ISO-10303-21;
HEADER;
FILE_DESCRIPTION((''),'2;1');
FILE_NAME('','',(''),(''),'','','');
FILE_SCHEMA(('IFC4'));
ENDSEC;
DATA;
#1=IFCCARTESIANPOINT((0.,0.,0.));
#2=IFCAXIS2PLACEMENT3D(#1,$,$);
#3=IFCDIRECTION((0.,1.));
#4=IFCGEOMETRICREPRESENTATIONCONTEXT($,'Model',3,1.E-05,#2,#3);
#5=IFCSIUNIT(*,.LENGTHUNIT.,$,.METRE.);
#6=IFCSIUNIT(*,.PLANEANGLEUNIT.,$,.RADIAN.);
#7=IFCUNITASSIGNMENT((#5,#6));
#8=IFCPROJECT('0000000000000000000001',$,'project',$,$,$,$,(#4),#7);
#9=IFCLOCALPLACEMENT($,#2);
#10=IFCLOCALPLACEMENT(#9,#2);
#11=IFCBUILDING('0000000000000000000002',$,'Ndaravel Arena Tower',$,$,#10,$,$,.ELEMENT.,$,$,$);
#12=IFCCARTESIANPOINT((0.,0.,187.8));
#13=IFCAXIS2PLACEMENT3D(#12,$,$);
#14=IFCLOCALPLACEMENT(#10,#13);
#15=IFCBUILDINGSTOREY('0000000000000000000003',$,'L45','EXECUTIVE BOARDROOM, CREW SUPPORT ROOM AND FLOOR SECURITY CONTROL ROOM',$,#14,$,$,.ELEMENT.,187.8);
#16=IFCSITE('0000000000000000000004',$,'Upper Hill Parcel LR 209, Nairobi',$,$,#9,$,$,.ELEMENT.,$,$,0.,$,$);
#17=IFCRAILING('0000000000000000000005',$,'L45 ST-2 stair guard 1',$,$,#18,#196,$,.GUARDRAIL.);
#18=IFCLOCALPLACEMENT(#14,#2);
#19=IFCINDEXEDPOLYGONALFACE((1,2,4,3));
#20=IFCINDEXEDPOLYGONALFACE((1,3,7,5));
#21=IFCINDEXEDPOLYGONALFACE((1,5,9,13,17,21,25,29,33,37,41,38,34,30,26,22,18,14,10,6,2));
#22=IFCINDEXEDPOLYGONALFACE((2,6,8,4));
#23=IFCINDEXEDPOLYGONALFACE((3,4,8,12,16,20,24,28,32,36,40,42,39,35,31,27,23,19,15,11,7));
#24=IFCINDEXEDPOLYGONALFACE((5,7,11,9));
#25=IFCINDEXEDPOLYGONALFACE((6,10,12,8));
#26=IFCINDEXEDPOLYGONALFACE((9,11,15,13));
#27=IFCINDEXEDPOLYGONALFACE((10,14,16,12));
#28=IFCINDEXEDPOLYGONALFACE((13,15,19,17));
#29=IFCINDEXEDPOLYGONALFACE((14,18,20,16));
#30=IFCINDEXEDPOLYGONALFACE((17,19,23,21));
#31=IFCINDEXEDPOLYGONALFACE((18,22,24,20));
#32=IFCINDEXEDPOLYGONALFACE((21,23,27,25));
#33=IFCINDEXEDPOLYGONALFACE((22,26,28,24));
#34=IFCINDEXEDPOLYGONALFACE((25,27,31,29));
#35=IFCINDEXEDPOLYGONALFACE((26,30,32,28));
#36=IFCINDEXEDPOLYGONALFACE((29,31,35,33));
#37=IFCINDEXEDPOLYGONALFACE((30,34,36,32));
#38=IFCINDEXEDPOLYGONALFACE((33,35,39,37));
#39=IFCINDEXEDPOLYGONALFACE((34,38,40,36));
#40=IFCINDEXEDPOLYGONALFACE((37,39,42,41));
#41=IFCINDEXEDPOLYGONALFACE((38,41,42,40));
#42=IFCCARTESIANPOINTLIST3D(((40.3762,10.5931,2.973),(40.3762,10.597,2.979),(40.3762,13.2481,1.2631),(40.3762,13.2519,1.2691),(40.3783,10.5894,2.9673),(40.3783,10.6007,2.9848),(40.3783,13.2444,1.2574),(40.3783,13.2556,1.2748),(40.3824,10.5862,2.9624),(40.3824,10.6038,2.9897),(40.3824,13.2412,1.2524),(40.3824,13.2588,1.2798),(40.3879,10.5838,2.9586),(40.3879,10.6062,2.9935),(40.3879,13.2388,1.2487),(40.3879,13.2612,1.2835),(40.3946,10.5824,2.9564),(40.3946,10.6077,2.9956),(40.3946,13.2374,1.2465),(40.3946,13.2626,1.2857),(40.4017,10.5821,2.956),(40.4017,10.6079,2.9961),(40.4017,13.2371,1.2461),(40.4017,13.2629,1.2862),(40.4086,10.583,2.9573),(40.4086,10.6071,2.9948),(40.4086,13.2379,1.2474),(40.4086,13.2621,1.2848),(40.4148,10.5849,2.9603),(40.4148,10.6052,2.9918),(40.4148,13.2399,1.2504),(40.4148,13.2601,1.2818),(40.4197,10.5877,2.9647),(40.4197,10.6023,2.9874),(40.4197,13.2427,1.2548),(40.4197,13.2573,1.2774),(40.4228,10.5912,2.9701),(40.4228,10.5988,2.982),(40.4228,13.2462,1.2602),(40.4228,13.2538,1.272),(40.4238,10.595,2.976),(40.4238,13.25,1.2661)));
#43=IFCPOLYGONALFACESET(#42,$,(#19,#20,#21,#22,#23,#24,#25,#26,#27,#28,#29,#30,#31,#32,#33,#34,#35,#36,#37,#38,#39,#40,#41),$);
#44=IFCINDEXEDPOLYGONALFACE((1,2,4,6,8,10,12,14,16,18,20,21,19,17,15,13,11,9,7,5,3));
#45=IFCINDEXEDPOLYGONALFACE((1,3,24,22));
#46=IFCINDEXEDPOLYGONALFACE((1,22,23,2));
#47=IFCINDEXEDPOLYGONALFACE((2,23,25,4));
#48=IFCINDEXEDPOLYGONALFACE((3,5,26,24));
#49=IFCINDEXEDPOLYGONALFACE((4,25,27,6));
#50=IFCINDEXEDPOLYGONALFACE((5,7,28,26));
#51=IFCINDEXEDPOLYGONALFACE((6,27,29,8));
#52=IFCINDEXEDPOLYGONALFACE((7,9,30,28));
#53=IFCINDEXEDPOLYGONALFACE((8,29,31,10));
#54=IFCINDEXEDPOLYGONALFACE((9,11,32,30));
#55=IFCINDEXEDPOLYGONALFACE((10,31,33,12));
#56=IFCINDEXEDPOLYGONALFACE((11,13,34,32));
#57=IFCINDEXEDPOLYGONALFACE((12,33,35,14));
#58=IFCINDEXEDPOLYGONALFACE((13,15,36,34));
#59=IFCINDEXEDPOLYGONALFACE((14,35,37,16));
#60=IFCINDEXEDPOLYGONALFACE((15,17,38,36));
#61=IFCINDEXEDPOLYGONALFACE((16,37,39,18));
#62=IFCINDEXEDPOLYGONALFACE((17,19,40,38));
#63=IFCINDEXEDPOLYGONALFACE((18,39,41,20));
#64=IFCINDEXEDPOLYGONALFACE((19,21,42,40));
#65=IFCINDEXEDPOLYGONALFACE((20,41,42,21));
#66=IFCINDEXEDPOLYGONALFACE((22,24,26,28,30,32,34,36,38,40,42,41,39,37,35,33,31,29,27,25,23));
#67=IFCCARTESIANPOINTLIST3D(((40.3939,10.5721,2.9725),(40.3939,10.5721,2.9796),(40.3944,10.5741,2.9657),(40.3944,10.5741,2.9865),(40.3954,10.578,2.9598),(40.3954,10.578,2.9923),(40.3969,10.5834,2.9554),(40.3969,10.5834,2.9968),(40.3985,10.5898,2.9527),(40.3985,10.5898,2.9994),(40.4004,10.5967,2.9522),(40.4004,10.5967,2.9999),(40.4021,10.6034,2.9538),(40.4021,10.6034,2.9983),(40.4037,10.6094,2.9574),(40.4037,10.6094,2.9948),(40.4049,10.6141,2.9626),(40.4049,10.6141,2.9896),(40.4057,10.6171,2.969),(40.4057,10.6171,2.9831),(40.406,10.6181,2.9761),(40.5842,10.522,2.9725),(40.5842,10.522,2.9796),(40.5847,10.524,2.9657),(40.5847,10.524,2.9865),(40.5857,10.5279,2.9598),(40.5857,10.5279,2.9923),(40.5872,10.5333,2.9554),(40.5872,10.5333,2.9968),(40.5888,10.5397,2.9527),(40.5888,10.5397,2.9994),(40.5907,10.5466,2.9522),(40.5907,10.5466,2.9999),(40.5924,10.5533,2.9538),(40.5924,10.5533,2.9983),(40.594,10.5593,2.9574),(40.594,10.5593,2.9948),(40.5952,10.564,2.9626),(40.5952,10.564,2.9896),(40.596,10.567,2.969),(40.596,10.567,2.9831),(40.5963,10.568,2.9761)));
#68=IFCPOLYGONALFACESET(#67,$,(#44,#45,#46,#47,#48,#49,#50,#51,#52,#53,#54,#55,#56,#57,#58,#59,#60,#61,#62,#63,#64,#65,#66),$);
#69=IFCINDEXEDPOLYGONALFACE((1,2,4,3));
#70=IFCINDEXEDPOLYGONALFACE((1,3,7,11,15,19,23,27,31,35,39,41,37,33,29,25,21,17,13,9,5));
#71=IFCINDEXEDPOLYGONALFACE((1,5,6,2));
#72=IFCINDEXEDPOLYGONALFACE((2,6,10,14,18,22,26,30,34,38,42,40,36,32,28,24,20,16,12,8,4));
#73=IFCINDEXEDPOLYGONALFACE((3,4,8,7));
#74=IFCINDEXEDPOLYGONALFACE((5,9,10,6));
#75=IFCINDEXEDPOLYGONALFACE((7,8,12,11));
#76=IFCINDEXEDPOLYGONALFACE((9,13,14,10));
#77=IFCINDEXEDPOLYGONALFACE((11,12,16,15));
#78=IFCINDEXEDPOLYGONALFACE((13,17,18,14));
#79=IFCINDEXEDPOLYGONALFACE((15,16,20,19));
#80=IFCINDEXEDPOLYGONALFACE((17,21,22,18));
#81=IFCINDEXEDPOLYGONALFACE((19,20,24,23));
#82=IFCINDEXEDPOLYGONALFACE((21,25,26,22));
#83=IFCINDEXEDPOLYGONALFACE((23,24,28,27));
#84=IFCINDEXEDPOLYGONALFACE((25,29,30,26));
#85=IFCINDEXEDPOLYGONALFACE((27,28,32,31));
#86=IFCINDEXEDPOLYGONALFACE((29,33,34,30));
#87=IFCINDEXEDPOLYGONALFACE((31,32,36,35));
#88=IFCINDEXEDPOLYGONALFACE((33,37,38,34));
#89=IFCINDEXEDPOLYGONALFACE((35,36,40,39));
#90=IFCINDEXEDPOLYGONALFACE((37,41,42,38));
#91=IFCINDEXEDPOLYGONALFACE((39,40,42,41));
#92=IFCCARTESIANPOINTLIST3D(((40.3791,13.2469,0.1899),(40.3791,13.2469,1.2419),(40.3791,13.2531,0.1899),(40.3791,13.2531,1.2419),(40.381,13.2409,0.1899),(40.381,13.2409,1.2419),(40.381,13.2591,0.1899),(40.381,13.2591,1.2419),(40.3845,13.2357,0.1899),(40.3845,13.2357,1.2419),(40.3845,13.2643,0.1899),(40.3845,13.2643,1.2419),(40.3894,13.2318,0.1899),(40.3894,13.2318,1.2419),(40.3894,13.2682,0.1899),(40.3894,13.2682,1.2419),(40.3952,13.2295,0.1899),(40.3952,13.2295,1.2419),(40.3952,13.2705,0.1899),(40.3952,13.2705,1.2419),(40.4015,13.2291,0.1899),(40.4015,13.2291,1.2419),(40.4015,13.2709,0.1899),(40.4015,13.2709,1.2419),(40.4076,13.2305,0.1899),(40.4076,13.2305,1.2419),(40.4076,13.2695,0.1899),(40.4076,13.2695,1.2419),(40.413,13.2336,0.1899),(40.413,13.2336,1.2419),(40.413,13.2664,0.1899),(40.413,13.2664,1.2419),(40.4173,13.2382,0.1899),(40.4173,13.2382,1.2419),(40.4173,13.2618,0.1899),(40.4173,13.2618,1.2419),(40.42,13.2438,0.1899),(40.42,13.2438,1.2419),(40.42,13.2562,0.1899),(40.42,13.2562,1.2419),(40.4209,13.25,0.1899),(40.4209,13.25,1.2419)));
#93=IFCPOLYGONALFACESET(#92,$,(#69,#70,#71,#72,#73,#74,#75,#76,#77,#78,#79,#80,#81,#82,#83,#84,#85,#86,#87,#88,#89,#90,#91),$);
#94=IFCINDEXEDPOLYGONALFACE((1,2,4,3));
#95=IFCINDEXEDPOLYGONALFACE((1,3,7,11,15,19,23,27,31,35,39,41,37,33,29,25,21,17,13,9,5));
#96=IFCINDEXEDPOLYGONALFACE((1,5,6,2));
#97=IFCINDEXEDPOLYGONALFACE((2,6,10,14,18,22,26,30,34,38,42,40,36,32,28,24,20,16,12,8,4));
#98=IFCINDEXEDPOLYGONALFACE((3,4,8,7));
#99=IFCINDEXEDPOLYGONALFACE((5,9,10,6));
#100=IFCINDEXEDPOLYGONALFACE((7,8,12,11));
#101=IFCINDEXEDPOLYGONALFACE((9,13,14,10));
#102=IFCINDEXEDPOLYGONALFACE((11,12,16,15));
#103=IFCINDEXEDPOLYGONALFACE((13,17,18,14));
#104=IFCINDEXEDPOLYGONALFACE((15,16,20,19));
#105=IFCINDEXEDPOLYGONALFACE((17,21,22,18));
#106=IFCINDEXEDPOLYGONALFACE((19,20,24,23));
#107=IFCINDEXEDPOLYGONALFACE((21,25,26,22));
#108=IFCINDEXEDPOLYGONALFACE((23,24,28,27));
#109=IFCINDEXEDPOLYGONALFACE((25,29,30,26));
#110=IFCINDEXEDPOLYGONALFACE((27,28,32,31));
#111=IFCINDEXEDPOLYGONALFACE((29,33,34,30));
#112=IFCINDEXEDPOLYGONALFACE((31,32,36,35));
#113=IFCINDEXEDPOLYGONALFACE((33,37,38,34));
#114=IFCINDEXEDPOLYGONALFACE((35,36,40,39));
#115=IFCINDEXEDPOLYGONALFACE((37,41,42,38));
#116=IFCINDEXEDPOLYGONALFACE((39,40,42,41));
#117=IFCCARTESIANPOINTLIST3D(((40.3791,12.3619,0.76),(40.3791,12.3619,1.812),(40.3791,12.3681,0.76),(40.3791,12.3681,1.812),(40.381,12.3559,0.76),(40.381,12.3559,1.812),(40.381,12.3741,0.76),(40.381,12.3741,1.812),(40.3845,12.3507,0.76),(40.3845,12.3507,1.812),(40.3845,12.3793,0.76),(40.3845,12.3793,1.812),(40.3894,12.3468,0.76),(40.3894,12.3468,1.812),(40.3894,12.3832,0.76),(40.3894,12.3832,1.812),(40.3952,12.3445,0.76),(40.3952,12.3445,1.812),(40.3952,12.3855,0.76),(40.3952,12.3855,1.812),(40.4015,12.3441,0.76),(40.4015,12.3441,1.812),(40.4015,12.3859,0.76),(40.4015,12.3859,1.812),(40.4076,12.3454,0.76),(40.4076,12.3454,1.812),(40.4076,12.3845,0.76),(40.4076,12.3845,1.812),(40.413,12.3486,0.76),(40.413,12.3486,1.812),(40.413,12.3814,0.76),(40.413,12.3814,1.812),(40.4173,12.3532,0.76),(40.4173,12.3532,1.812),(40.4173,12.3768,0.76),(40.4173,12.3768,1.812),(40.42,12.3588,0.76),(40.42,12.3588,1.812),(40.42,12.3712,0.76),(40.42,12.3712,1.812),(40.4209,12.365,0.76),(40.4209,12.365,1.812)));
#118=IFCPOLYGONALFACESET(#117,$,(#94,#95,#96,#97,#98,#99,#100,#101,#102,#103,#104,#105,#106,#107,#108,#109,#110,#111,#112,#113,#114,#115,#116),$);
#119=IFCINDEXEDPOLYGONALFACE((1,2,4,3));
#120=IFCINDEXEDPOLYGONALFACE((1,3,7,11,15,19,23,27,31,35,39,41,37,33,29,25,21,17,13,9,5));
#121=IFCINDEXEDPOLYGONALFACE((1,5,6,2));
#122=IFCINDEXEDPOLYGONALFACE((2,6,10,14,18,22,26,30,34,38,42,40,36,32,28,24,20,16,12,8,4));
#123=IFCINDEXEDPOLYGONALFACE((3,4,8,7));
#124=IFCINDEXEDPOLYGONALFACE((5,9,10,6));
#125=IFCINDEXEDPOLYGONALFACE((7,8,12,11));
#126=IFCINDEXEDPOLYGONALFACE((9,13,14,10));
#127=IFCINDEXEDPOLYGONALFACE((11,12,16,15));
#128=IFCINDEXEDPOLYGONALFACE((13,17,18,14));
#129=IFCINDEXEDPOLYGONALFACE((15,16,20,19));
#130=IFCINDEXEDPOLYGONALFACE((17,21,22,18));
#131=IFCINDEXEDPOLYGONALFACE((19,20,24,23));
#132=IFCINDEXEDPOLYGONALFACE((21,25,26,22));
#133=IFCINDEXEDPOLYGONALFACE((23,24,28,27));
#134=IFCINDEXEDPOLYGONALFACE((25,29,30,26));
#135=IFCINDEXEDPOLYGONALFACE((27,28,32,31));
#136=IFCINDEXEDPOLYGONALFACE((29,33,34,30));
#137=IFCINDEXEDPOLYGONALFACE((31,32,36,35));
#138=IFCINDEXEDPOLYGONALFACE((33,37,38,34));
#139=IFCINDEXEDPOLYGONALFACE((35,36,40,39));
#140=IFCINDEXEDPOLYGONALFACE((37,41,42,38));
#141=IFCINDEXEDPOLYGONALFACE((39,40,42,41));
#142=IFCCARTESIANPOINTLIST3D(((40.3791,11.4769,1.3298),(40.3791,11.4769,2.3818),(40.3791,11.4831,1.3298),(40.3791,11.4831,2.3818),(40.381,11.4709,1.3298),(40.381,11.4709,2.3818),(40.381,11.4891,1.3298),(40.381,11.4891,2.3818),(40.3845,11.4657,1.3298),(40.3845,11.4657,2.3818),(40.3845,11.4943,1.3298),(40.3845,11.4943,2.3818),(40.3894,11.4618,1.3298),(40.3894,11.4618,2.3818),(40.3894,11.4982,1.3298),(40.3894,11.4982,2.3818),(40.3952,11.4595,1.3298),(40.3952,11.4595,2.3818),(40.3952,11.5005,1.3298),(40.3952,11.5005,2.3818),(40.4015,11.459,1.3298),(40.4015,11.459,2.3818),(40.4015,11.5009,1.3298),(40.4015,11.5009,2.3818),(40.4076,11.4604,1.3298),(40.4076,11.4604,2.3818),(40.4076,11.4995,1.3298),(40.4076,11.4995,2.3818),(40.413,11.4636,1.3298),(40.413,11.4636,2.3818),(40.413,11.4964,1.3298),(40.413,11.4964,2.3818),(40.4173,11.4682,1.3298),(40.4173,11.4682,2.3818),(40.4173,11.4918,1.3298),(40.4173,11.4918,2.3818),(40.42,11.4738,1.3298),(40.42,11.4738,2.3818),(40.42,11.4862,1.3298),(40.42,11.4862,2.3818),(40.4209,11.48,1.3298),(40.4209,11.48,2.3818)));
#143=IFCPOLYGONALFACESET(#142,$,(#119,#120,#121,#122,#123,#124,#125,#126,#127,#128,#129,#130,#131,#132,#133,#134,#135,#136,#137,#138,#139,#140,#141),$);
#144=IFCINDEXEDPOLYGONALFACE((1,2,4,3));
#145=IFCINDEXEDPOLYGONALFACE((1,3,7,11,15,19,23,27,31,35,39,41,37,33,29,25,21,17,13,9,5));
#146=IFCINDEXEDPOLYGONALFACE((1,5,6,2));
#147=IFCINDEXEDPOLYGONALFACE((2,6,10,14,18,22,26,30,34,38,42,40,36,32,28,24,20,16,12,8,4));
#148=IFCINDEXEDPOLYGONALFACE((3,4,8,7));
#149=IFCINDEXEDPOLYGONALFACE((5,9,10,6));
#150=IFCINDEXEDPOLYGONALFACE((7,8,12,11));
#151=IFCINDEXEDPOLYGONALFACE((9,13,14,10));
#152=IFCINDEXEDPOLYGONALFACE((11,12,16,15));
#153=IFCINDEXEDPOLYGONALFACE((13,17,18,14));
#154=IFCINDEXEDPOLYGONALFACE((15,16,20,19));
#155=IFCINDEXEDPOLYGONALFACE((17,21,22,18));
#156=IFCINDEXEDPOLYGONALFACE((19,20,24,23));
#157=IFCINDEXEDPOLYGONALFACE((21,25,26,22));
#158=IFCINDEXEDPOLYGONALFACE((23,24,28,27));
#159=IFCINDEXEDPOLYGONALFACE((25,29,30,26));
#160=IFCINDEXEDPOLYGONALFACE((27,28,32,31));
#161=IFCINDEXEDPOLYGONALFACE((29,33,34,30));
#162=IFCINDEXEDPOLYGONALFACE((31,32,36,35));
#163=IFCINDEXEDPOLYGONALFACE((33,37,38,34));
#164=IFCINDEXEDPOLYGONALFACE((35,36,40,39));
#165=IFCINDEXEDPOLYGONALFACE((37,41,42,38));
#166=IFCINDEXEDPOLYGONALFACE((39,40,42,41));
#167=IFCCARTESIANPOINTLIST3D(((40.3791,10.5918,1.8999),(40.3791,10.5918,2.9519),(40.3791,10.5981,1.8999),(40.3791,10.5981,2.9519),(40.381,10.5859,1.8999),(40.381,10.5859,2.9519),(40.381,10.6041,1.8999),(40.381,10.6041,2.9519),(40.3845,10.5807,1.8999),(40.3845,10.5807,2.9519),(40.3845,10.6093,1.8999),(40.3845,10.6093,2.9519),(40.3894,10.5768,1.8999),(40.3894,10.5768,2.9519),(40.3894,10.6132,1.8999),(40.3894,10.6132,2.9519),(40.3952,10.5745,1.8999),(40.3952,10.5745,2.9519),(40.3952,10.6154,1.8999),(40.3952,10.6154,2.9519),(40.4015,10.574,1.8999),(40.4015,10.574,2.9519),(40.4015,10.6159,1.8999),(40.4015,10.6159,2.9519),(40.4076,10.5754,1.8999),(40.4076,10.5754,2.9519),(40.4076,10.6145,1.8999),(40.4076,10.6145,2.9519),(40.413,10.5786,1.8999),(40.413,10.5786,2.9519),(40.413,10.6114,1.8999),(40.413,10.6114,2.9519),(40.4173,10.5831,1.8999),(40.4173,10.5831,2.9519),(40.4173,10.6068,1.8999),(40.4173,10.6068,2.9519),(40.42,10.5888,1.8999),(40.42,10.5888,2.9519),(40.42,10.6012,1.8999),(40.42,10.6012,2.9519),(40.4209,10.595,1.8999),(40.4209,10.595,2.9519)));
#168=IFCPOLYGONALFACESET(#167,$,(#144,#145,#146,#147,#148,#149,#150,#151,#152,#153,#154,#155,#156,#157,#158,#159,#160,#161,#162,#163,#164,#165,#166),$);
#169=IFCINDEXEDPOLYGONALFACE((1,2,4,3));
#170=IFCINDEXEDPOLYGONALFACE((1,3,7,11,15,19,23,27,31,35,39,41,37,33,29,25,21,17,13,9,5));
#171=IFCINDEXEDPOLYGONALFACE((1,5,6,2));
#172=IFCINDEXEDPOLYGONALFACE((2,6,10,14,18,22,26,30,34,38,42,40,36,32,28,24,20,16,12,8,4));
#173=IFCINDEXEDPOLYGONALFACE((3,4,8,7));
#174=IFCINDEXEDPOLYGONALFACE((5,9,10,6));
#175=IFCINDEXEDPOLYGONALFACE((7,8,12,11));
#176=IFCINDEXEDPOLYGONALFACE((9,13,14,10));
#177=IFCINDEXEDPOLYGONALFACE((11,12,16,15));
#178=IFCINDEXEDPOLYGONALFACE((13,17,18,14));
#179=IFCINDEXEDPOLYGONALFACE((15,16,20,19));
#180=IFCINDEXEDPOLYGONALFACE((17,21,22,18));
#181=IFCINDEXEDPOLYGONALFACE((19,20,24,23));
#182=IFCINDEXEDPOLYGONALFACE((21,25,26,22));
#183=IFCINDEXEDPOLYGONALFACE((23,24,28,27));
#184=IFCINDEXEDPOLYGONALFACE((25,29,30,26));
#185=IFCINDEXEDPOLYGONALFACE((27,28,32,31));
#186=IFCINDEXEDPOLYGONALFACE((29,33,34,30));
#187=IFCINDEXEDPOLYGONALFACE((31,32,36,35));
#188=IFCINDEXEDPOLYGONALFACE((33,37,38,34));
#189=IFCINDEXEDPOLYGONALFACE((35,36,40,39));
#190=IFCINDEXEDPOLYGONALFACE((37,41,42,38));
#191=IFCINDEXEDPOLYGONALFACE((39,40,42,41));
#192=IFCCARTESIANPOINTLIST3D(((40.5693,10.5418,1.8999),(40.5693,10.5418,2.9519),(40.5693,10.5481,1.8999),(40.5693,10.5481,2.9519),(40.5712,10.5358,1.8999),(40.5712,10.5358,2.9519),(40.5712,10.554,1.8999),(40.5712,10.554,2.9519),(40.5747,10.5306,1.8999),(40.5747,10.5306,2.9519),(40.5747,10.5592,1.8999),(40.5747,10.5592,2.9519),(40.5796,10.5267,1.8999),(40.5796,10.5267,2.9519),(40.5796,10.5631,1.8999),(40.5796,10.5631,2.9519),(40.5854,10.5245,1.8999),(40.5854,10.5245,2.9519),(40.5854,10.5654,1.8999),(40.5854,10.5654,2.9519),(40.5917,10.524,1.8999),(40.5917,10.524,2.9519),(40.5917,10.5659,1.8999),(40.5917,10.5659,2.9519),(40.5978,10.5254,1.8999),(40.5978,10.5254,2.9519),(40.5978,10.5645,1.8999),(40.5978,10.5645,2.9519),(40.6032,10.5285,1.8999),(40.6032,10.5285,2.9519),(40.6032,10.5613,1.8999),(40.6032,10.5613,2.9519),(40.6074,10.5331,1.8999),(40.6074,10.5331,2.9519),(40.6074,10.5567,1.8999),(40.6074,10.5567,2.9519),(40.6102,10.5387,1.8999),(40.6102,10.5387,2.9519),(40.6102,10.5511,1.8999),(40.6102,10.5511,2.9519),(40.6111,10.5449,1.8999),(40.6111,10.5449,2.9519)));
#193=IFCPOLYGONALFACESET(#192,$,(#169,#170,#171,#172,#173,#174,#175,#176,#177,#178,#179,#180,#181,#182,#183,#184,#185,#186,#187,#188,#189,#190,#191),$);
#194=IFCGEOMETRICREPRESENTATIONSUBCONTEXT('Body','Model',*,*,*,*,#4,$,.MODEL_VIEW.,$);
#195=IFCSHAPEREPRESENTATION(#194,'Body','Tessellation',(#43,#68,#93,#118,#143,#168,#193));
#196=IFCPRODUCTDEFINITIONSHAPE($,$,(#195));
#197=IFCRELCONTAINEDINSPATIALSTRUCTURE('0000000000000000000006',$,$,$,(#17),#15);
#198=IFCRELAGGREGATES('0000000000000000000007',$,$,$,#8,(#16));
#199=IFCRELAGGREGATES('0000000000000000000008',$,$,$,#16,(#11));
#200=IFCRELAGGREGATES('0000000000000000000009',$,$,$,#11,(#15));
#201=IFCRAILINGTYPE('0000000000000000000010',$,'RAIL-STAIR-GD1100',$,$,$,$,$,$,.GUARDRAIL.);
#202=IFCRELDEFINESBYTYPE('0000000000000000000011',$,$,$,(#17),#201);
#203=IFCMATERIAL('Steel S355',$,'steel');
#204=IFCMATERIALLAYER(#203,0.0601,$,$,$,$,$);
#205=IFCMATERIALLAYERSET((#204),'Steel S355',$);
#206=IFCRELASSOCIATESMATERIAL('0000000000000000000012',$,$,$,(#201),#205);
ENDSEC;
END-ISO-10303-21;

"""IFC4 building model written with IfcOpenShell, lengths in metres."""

from ifc_helpers import new_model, si_unit, direction, frame, origin, origin_2d, place, context, subcontext, project, spatial, circle, extrude, material, layer, layer_set, type_object, element, save


model = new_model("IFC4")

# Units and contexts
model_context = context("Model", 3, precision=1e-05, world=origin(), true_north=direction((0.0, 1.0)))
body_context = subcontext(model_context, "Body", "Model", "MODEL_VIEW")
ifc_project = project(units=[si_unit("LENGTHUNIT", "METRE"), si_unit("PLANEANGLEUNIT", "RADIAN")], contexts=[model_context])

# Site, building, storey
site_placement = place(None, origin())
site = spatial("IfcSite", under=ifc_project, at=site_placement, Name="Upper Hill Parcel LR 209, Nairobi", CompositionType="ELEMENT", RefElevation=0.0)
building_placement = place(site_placement, origin())
building = spatial("IfcBuilding", under=site, at=building_placement, Name="Ndaravel Arena Tower", CompositionType="ELEMENT")
storey_placement = place(building_placement, frame((0.0, 0.0, 187.8)))
storey = spatial("IfcBuildingStorey", under=building, at=storey_placement, Name="L45", Description="EXECUTIVE BOARDROOM, CREW SUPPORT ROOM AND FLOOR SECURITY CONTROL ROOM", CompositionType="ELEMENT", Elevation=187.8)

# Railing
ifc_material_1 = material(Name="Steel S355", Category="steel")
ifc_layer_1 = layer(ifc_material_1, 0.0601)
ifc_layer_set_1 = layer_set([ifc_layer_1], Name="Steel S355")
railing_type_1 = type_object("IfcRailingType", Name="RAIL-STAIR-GD1100", PredefinedType="GUARDRAIL", material=ifc_layer_set_1)
railing_1_placement = place(storey_placement, frame((40.3999, 13.25, 0.1899)))
element("IfcRailing", 1, at=railing_1_placement, inside=storey, type_object=railing_type_1, Name="L45 ST-2 stair guard 1", PredefinedType="GUARDRAIL", context=body_context, shape_type="SweptSolid", body=[
    extrude(circle(Radius=0.0239, at=origin_2d()), frame((0.0, 0.0, 1.0762), z_axis=(0.0, -0.840724, 0.541465), x_axis=(1.0, 0.0, 0.0)), (0.0, 0.0, 1.0), 3.158),
    extrude(circle(Radius=0.0239, at=origin_2d()), frame((0.0, -2.655, 2.7861), z_axis=(0.967075, -0.254493, 0.0), x_axis=(0.254493, 0.967075, 0.0)), (0.0, 0.0, 1.0), 0.1968),
    extrude(circle(Radius=0.021, at=origin_2d()), origin(), (0.0, 0.0, 1.0), 1.052),
    extrude(circle(Radius=0.021, at=origin_2d()), frame((0.0, -0.885, 0.5701)), (0.0, 0.0, 1.0), 1.052),
    extrude(circle(Radius=0.021, at=origin_2d()), frame((0.0, -1.77, 1.1399)), (0.0, 0.0, 1.0), 1.052),
    extrude(circle(Radius=0.021, at=origin_2d()), frame((0.0, -2.655, 1.71)), (0.0, 0.0, 1.0), 1.052),
    extrude(circle(Radius=0.021, at=origin_2d()), frame((0.1902, -2.7051, 1.71)), (0.0, 0.0, 1.0), 1.052),
])

save(model, "model.ifc")
